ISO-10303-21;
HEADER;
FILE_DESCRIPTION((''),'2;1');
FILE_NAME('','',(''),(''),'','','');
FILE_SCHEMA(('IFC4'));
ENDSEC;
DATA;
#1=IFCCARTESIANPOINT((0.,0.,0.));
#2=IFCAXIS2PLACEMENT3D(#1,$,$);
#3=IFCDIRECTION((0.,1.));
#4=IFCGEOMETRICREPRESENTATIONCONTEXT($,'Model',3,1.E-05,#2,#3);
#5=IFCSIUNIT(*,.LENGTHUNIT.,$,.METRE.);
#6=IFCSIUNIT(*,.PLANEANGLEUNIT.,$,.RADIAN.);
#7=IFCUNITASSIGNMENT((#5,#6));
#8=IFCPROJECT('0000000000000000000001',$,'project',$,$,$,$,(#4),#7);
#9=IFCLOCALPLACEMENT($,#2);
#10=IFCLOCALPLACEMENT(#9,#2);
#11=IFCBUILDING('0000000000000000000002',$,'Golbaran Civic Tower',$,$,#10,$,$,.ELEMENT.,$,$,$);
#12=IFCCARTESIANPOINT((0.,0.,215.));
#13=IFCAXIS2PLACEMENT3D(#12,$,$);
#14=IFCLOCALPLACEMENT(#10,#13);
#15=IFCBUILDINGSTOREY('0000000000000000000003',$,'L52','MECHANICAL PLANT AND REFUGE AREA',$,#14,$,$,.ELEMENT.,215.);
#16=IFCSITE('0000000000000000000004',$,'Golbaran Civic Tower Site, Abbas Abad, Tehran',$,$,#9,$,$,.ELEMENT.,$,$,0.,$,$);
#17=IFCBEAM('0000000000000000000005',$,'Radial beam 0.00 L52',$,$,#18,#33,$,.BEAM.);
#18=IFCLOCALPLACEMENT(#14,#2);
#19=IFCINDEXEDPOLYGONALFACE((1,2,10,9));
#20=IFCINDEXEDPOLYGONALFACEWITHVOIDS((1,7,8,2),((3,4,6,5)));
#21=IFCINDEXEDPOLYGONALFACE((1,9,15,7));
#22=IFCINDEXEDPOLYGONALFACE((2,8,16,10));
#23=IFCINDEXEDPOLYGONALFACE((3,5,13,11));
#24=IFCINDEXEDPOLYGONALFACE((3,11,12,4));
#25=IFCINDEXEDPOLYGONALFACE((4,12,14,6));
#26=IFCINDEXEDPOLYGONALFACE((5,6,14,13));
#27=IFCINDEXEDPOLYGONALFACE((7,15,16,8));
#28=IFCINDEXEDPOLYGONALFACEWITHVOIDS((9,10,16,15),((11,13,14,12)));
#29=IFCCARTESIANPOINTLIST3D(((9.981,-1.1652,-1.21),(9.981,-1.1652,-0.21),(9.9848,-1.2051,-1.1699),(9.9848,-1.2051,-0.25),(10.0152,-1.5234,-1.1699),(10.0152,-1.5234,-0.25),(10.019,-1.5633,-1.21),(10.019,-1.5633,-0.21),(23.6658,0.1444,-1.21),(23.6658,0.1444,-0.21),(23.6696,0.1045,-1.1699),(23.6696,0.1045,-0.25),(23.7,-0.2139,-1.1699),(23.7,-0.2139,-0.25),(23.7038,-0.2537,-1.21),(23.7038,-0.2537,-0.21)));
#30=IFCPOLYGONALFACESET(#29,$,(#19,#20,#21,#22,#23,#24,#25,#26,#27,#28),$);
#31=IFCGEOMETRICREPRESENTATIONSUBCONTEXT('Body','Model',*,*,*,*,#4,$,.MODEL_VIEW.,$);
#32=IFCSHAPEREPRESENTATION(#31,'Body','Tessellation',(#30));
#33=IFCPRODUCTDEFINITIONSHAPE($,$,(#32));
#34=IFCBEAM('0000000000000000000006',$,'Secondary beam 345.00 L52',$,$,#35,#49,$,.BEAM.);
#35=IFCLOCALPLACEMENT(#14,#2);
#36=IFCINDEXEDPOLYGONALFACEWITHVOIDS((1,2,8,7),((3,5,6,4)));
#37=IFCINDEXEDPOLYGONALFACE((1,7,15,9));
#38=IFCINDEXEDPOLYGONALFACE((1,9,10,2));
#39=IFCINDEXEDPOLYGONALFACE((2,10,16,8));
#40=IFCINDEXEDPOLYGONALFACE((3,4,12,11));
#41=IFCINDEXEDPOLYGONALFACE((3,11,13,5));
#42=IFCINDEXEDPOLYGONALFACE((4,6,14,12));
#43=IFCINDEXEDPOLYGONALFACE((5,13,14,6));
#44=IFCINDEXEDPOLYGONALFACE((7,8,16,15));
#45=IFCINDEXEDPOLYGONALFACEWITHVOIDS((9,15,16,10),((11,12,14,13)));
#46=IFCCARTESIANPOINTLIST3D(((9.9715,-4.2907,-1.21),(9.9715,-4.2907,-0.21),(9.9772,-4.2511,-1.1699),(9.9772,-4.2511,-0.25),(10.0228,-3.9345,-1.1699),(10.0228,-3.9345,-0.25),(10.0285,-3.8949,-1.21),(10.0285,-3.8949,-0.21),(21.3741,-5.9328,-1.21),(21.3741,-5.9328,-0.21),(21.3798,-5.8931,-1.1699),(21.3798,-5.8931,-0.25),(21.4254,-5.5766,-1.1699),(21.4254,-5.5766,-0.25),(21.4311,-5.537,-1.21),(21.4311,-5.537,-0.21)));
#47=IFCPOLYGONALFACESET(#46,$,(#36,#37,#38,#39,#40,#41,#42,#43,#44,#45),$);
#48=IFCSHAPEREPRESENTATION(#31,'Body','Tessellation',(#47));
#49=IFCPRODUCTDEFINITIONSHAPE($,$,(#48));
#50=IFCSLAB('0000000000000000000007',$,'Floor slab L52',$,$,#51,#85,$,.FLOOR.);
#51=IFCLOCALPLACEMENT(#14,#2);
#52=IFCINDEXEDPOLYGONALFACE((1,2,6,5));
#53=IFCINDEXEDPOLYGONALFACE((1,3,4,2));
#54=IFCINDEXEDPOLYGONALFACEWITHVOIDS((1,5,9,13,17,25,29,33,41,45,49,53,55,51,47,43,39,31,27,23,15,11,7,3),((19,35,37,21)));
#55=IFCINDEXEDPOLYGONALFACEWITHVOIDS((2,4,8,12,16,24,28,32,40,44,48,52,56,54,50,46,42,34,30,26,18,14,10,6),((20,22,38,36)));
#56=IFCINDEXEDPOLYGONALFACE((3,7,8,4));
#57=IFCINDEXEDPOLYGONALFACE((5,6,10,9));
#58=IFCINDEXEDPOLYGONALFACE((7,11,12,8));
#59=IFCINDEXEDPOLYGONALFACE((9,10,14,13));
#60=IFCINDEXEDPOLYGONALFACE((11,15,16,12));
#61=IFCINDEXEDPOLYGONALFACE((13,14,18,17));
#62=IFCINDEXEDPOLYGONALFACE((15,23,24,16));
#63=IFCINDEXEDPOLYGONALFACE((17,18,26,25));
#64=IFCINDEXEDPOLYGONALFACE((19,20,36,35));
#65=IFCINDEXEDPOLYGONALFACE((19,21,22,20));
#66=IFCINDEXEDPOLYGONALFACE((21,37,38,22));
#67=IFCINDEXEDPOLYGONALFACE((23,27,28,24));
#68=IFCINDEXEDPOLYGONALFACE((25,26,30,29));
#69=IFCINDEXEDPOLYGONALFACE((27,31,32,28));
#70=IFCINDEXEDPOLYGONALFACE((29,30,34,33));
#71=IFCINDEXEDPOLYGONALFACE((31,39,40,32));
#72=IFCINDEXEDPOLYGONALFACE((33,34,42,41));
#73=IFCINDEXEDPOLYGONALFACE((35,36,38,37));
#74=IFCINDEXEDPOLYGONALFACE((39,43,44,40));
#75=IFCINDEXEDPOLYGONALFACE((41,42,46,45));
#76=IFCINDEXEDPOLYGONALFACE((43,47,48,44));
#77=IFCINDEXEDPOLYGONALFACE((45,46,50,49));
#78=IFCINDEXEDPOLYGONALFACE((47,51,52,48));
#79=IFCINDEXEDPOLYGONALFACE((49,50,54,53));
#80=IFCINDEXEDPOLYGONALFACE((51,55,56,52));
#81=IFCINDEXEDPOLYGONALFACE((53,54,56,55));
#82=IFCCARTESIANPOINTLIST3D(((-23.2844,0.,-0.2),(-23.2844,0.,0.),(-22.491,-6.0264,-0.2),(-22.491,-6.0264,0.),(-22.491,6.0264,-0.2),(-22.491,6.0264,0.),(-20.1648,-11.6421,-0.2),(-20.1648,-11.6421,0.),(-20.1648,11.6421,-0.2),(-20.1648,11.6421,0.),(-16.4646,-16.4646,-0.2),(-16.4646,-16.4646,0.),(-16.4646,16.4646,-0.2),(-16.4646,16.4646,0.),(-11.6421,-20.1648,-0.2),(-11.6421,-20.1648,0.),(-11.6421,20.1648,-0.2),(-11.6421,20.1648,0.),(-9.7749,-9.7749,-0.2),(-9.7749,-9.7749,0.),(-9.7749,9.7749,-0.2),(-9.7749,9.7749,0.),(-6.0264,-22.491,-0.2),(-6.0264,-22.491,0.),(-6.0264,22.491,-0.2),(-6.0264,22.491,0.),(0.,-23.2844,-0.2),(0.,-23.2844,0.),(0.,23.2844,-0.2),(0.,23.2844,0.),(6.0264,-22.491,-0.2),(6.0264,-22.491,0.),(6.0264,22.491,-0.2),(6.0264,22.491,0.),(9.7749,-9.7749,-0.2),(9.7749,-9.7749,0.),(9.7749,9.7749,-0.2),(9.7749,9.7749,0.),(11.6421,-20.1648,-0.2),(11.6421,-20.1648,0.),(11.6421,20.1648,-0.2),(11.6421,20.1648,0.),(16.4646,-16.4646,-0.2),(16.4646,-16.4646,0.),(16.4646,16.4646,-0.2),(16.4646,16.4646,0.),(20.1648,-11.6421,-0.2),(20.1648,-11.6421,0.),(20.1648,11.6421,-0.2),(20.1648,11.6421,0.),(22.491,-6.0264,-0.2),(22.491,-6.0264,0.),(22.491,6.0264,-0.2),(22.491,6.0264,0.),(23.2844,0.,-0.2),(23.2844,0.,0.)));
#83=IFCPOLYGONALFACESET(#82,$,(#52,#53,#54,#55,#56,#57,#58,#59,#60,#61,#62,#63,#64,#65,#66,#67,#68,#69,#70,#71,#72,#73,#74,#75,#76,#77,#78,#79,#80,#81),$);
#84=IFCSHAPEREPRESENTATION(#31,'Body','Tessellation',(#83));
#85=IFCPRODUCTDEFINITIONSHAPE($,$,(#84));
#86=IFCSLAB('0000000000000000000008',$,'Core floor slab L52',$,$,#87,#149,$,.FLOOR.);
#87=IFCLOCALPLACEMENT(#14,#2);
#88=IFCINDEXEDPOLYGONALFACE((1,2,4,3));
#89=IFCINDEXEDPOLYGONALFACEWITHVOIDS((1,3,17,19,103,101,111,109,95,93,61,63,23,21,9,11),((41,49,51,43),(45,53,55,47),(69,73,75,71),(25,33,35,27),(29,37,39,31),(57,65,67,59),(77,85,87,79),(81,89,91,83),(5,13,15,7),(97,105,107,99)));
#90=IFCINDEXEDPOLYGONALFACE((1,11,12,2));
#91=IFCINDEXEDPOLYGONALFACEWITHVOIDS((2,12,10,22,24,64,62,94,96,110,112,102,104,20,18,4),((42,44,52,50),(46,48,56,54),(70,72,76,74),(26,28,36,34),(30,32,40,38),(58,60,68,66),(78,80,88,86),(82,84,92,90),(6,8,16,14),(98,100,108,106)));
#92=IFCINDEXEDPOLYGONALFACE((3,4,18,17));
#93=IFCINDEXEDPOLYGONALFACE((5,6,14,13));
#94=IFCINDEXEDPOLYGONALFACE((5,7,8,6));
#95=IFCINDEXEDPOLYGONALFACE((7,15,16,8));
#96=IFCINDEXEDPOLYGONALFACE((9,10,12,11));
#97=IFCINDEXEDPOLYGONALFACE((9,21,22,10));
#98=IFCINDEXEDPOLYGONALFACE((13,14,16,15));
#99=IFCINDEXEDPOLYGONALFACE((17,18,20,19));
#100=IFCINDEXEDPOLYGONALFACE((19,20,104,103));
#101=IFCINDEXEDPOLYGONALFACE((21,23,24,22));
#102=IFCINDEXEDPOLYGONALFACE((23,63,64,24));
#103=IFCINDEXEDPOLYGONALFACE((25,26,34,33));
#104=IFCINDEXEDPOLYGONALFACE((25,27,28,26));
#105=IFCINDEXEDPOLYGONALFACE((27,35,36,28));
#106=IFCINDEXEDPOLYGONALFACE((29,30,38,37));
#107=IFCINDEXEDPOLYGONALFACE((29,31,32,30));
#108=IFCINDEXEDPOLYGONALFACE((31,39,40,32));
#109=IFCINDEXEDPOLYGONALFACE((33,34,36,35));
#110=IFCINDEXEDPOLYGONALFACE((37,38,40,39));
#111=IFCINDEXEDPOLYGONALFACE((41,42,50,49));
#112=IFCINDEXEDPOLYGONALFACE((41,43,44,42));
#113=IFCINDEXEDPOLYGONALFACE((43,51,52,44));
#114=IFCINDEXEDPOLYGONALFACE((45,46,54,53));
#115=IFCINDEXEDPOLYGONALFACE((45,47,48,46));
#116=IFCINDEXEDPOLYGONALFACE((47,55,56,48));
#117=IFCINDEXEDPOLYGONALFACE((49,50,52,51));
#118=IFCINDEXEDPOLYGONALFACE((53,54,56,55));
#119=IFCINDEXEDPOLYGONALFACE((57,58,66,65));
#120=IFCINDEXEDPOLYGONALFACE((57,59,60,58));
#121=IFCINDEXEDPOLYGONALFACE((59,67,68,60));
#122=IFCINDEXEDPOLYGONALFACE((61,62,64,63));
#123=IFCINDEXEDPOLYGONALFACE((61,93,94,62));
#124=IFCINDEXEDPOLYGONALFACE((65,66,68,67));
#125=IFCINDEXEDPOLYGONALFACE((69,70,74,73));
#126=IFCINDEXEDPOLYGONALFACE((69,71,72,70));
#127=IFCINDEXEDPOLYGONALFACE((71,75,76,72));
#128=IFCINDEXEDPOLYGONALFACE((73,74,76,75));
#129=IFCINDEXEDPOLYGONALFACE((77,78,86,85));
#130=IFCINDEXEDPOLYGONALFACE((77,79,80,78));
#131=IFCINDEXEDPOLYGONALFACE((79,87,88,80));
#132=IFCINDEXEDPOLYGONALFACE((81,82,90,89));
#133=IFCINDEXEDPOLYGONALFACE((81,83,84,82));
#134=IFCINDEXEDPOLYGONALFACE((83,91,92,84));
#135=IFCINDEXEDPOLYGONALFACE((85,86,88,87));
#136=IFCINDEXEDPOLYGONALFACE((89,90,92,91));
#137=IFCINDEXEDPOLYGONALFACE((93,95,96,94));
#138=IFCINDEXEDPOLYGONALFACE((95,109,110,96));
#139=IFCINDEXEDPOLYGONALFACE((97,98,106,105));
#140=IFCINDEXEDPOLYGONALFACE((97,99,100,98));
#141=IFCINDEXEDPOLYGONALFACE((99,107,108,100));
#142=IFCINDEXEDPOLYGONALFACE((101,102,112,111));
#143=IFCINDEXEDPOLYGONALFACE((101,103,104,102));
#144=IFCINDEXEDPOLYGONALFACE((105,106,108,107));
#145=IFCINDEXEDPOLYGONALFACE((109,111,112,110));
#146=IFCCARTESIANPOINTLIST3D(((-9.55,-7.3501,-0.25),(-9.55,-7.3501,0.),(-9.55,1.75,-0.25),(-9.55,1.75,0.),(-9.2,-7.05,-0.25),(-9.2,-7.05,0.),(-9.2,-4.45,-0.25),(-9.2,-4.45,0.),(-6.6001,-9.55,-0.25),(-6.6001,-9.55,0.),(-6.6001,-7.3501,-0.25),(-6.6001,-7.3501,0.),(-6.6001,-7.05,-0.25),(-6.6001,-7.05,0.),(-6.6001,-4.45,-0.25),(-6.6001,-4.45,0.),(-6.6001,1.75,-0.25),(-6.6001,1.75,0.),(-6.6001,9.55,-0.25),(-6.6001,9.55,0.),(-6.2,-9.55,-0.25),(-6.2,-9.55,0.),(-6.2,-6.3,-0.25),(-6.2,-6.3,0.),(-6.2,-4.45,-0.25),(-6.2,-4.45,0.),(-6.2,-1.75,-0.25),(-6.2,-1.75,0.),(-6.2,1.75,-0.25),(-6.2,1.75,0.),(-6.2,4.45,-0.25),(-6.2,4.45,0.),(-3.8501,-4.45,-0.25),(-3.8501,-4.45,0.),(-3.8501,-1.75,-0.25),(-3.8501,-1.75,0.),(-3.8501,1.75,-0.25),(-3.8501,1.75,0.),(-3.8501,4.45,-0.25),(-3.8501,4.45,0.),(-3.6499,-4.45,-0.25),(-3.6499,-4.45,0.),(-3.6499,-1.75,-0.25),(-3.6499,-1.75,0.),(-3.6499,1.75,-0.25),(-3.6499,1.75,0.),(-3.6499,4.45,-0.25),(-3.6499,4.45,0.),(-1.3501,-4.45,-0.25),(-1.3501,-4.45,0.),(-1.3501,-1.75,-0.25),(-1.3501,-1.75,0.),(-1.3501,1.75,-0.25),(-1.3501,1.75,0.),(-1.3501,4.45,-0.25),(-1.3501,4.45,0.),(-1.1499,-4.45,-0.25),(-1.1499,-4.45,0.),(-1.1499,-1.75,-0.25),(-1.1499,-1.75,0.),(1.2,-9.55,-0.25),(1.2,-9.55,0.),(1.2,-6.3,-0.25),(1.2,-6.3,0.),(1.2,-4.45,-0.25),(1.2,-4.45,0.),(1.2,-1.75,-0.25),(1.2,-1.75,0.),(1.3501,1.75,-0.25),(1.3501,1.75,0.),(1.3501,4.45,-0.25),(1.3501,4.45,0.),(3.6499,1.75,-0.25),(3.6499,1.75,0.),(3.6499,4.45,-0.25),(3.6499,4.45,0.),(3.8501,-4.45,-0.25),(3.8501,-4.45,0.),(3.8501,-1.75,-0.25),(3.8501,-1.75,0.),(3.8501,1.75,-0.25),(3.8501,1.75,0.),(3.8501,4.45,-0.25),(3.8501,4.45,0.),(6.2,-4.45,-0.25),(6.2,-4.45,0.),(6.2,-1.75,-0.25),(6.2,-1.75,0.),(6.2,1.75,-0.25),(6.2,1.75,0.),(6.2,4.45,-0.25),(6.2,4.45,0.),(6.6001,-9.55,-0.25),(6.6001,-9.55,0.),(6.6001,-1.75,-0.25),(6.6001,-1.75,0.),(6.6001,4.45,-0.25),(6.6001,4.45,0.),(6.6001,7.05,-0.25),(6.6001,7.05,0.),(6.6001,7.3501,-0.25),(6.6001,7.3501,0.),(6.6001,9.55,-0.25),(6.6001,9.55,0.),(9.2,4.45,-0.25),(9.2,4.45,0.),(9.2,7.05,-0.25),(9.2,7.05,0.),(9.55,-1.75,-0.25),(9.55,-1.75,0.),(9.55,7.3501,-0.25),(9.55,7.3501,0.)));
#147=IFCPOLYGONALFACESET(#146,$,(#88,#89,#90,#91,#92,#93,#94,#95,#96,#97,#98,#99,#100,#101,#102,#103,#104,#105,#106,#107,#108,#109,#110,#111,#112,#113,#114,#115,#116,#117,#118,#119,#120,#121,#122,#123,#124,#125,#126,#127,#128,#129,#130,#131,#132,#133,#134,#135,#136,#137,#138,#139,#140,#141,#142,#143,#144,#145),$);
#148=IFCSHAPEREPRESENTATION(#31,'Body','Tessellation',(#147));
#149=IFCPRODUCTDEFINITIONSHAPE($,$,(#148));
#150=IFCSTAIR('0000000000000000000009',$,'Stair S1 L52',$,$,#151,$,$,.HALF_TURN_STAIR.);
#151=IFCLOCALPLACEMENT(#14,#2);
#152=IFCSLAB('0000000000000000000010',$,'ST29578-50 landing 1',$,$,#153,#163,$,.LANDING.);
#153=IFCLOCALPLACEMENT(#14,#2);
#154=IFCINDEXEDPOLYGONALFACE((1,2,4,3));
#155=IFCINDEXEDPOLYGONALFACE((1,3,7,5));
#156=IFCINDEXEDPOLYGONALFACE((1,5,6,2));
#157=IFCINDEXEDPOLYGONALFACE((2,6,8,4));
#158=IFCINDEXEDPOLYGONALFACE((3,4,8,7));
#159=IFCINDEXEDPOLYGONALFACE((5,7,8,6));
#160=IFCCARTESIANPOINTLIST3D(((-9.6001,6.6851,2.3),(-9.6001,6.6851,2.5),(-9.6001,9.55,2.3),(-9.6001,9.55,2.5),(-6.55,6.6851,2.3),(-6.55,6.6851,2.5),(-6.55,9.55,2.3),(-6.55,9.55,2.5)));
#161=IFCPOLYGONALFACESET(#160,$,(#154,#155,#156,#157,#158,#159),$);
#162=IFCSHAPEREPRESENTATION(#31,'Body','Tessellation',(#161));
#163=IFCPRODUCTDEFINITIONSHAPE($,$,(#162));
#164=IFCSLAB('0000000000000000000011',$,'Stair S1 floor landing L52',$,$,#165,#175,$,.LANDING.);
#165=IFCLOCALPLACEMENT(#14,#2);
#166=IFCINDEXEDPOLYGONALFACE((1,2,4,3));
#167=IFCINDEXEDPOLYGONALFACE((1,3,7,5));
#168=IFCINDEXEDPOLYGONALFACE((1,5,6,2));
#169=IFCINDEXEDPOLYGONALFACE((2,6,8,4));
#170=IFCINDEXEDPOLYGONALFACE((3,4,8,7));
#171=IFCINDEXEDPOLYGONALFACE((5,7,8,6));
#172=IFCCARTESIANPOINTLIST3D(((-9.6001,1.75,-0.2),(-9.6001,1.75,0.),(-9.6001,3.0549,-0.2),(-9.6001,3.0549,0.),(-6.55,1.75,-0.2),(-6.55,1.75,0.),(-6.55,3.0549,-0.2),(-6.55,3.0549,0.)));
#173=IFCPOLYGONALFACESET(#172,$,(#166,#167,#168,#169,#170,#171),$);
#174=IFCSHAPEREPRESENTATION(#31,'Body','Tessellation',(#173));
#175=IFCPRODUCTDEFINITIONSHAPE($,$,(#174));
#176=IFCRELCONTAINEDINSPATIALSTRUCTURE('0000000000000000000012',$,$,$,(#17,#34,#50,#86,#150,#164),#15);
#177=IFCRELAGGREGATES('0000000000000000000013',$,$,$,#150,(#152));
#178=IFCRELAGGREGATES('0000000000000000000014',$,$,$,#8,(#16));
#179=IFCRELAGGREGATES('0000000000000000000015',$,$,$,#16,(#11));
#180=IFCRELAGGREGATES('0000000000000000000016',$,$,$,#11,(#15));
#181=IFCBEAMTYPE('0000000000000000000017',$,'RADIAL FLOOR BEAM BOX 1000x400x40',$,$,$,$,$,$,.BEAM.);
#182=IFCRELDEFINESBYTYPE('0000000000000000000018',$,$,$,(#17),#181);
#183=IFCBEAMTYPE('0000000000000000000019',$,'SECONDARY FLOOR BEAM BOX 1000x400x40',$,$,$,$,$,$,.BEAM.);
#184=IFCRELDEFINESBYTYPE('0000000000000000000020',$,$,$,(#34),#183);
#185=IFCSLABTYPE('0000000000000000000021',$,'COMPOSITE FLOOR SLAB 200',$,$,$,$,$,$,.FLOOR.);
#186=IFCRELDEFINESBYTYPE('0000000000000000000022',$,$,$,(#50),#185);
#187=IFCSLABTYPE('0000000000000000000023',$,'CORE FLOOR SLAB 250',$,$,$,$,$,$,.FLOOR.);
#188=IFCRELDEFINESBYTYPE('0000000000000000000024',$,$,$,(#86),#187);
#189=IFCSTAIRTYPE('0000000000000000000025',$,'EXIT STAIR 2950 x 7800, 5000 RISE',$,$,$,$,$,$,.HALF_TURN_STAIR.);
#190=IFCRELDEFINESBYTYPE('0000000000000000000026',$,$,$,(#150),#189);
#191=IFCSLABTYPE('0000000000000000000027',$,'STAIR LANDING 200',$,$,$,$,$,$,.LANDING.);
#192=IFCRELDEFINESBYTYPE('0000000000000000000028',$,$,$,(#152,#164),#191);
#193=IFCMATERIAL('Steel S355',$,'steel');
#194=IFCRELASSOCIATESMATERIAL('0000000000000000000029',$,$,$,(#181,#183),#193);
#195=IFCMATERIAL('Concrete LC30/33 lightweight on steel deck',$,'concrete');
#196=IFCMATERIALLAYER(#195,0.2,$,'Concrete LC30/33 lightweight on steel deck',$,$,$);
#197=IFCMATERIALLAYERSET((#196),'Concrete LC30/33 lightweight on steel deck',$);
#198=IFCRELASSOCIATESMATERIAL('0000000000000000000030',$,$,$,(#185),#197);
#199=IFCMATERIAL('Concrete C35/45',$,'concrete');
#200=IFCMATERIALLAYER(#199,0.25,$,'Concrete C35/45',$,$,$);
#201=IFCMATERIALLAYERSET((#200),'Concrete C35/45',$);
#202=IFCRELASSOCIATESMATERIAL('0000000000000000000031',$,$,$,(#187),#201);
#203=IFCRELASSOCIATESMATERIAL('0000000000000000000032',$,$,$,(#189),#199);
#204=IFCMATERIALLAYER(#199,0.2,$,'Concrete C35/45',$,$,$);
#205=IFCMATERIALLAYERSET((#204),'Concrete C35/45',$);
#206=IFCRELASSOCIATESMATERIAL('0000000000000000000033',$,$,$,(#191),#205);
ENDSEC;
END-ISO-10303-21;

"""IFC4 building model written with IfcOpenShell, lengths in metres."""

from ifc_helpers import new_model, si_unit, direction, frame, origin, origin_2d, place, context, subcontext, project, spatial, polyline, hollow_rectangle, outline, extrude, material, layer, layer_set, material_profile, profile_set, type_object, element, aggregate, save


model = new_model("IFC4")

# Units and contexts
model_context = context("Model", 3, precision=1e-05, world=origin(), true_north=direction((0.0, 1.0)))
body_context = subcontext(model_context, "Body", "Model", "MODEL_VIEW")
ifc_project = project(units=[si_unit("LENGTHUNIT", "METRE"), si_unit("PLANEANGLEUNIT", "RADIAN")], contexts=[model_context])

# Site, building, storey
site_placement = place(None, origin())
site = spatial("IfcSite", under=ifc_project, at=site_placement, Name="Golbaran Civic Tower Site, Abbas Abad, Tehran", CompositionType="ELEMENT", RefElevation=0.0)
building_placement = place(site_placement, origin())
building = spatial("IfcBuilding", under=site, at=building_placement, Name="Golbaran Civic Tower", CompositionType="ELEMENT")
storey_placement = place(building_placement, frame((0.0, 0.0, 215.0)))
storey = spatial("IfcBuildingStorey", under=building, at=storey_placement, Name="L52", Description="MECHANICAL PLANT AND REFUGE AREA", CompositionType="ELEMENT", Elevation=215.0)

# Beams
ifc_material_1 = material(Name="Steel S355", Category="steel")
ifc_material_profile_1 = material_profile(ifc_material_1, hollow_rectangle(XDim=0.3999, YDim=1.0, WallThickness=0.04, at=origin_2d()), Name="BOX 1000x400x40")
ifc_profile_set_1 = profile_set([ifc_material_profile_1], Name="Steel S355")
beam_type_1 = type_object("IfcBeamType", Name="RADIAL FLOOR BEAM BOX 1000x400x40", PredefinedType="BEAM", material=ifc_profile_set_1)
beam_1_placement = place(storey_placement, frame((10.0, -1.3643, -0.71), z_axis=(0.995452, 0.09526, 0.0), x_axis=(-0.09526, 0.995452, 0.0)))
element("IfcBeam", 1, at=beam_1_placement, inside=storey, type_object=beam_type_1, Name="Radial beam 0.00 L52", PredefinedType="BEAM", context=body_context, shape_type="SweptSolid", body=[
    extrude(hollow_rectangle(XDim=0.3999, YDim=1.0, WallThickness=0.04, at=origin_2d()), origin(), (0.0, 0.0, 1.0), 13.7473),
])
ifc_material_profile_2 = material_profile(ifc_material_1, hollow_rectangle(XDim=0.3999, YDim=1.0, WallThickness=0.04, at=origin_2d()), Name="BOX 1000x400x40")
ifc_profile_set_2 = profile_set([ifc_material_profile_2], Name="Steel S355")
beam_type_2 = type_object("IfcBeamType", Name="SECONDARY FLOOR BEAM BOX 1000x400x40", PredefinedType="BEAM", material=ifc_profile_set_2)
beam_2_placement = place(storey_placement, frame((10.0, -4.0928, -0.71), z_axis=(0.989789, -0.14254, 0.0), x_axis=(0.14254, 0.989789, 0.0)))
element("IfcBeam", 2, at=beam_2_placement, inside=storey, type_object=beam_type_2, Name="Secondary beam 345.00 L52", PredefinedType="BEAM", context=body_context, shape_type="SweptSolid", body=[
    extrude(hollow_rectangle(XDim=0.3999, YDim=1.0, WallThickness=0.04, at=origin_2d()), origin(), (0.0, 0.0, 1.0), 11.5203),
])

# Slabs
ifc_material_2 = material(Name="Concrete LC30/33 lightweight on steel deck", Category="concrete")
ifc_layer_1 = layer(ifc_material_2, 0.2, Name="Concrete LC30/33 lightweight on steel deck")
ifc_layer_set_1 = layer_set([ifc_layer_1], Name="Concrete LC30/33 lightweight on steel deck")
slab_type_1 = type_object("IfcSlabType", Name="COMPOSITE FLOOR SLAB 200", PredefinedType="FLOOR", material=ifc_layer_set_1)
slab_1_placement = place(storey_placement, frame((0.0, 0.0, -0.2)))
element("IfcSlab", 3, at=slab_1_placement, inside=storey, type_object=slab_type_1, Name="Floor slab L52", PredefinedType="FLOOR", context=body_context, shape_type="SweptSolid", body=[
    extrude(outline(polyline([(20.1648, -11.6421), (16.4646, -16.4646), (11.6421, -20.1648), (6.0264, -22.491), (0.0, -23.2844), (-6.0264, -22.491), (-11.6421, -20.1648), (-16.4646, -16.4646), (-20.1648, -11.6421), (-22.491, -6.0264), (-23.2844, 0.0), (-22.491, 6.0264), (-20.1648, 11.6421), (-16.4646, 16.4646), (-11.6421, 20.1648), (-6.0264, 22.491), (0.0, 23.2844), (6.0264, 22.491), (11.6421, 20.1648), (16.4646, 16.4646), (20.1648, 11.6421), (22.491, 6.0264), (23.2844, 0.0), (22.491, -6.0264), (20.1648, -11.6421)]), holes=[polyline([(-9.7749, 9.7749), (-9.7749, -9.7749), (9.7749, -9.7749), (9.7749, 9.7749), (-9.7749, 9.7749)])]), origin(), (0.0, 0.0, 1.0), 0.2),
])
ifc_material_3 = material(Name="Concrete C35/45", Category="concrete")
ifc_layer_2 = layer(ifc_material_3, 0.25, Name="Concrete C35/45")
ifc_layer_set_2 = layer_set([ifc_layer_2], Name="Concrete C35/45")
slab_type_2 = type_object("IfcSlabType", Name="CORE FLOOR SLAB 250", PredefinedType="FLOOR", material=ifc_layer_set_2)
slab_2_placement = place(storey_placement, frame((0.0, 0.0, -0.25)))
element("IfcSlab", 4, at=slab_2_placement, inside=storey, type_object=slab_type_2, Name="Core floor slab L52", PredefinedType="FLOOR", context=body_context, shape_type="SweptSolid", body=[
    extrude(outline(polyline([(6.6001, -1.75), (6.6001, -9.55), (1.2, -9.55), (1.2, -6.3), (-6.2, -6.3), (-6.2, -9.55), (-6.6001, -9.55), (-6.6001, -7.3501), (-9.55, -7.3501), (-9.55, 1.75), (-6.6001, 1.75), (-6.6001, 9.55), (6.6001, 9.55), (6.6001, 7.3501), (9.55, 7.3501), (9.55, -1.75), (6.6001, -1.75)]), holes=[polyline([(9.2, 7.05), (6.6001, 7.05), (6.6001, 4.45), (9.2, 4.45), (9.2, 7.05)]), polyline([(6.2, -1.75), (3.8501, -1.75), (3.8501, -4.45), (6.2, -4.45), (6.2, -1.75)]), polyline([(6.2, 4.45), (3.8501, 4.45), (3.8501, 1.75), (6.2, 1.75), (6.2, 4.45)]), polyline([(3.6499, 4.45), (1.3501, 4.45), (1.3501, 1.75), (3.6499, 1.75), (3.6499, 4.45)]), polyline([(1.2, -1.75), (-1.1499, -1.75), (-1.1499, -4.45), (1.2, -4.45), (1.2, -1.75)]), polyline([(-1.3501, 4.45), (-3.6499, 4.45), (-3.6499, 1.75), (-1.3501, 1.75), (-1.3501, 4.45)]), polyline([(-1.3501, -1.75), (-3.6499, -1.75), (-3.6499, -4.45), (-1.3501, -4.45), (-1.3501, -1.75)]), polyline([(-3.8501, -1.75), (-6.2, -1.75), (-6.2, -4.45), (-3.8501, -4.45), (-3.8501, -1.75)]), polyline([(-3.8501, 4.45), (-6.2, 4.45), (-6.2, 1.75), (-3.8501, 1.75), (-3.8501, 4.45)]), polyline([(-6.6001, -4.45), (-9.2, -4.45), (-9.2, -7.05), (-6.6001, -7.05), (-6.6001, -4.45)])]), origin(), (0.0, 0.0, 1.0), 0.25),
])

# Stair, slab
stair_type_1 = type_object("IfcStairType", Name="EXIT STAIR 2950 x 7800, 5000 RISE", PredefinedType="HALF_TURN_STAIR", material=ifc_material_3)
stair_1_placement = place(storey_placement, origin())
stair_1 = element("IfcStair", 5, at=stair_1_placement, inside=storey, type_object=stair_type_1, Name="Stair S1 L52", PredefinedType="HALF_TURN_STAIR")
ifc_layer_3 = layer(ifc_material_3, 0.2, Name="Concrete C35/45")
ifc_layer_set_3 = layer_set([ifc_layer_3], Name="Concrete C35/45")
slab_type_3 = type_object("IfcSlabType", Name="STAIR LANDING 200", PredefinedType="LANDING", material=ifc_layer_set_3)
slab_3_placement = place(storey_placement, frame((0.0, 0.0, 2.3)))
slab_3 = element("IfcSlab", 6, at=slab_3_placement, type_object=slab_type_3, Name="ST29578-50 landing 1", PredefinedType="LANDING", context=body_context, shape_type="SweptSolid", body=[
    extrude(outline(polyline([(-9.6001, 6.6851), (-9.6001, 9.55), (-6.55, 9.55), (-6.55, 6.6851), (-9.6001, 6.6851)])), origin(), (0.0, 0.0, 1.0), 0.2),
])
aggregate(stair_1, [slab_3])

# Slab
slab_4_placement = place(storey_placement, frame((0.0, 0.0, -0.2)))
element("IfcSlab", 7, at=slab_4_placement, inside=storey, type_object=slab_type_3, Name="Stair S1 floor landing L52", PredefinedType="LANDING", context=body_context, shape_type="SweptSolid", body=[
    extrude(outline(polyline([(-9.6001, 1.75), (-9.6001, 3.0549), (-6.55, 3.0549), (-6.55, 1.75), (-9.6001, 1.75)])), origin(), (0.0, 0.0, 1.0), 0.2),
])

save(model, "model.ifc")
